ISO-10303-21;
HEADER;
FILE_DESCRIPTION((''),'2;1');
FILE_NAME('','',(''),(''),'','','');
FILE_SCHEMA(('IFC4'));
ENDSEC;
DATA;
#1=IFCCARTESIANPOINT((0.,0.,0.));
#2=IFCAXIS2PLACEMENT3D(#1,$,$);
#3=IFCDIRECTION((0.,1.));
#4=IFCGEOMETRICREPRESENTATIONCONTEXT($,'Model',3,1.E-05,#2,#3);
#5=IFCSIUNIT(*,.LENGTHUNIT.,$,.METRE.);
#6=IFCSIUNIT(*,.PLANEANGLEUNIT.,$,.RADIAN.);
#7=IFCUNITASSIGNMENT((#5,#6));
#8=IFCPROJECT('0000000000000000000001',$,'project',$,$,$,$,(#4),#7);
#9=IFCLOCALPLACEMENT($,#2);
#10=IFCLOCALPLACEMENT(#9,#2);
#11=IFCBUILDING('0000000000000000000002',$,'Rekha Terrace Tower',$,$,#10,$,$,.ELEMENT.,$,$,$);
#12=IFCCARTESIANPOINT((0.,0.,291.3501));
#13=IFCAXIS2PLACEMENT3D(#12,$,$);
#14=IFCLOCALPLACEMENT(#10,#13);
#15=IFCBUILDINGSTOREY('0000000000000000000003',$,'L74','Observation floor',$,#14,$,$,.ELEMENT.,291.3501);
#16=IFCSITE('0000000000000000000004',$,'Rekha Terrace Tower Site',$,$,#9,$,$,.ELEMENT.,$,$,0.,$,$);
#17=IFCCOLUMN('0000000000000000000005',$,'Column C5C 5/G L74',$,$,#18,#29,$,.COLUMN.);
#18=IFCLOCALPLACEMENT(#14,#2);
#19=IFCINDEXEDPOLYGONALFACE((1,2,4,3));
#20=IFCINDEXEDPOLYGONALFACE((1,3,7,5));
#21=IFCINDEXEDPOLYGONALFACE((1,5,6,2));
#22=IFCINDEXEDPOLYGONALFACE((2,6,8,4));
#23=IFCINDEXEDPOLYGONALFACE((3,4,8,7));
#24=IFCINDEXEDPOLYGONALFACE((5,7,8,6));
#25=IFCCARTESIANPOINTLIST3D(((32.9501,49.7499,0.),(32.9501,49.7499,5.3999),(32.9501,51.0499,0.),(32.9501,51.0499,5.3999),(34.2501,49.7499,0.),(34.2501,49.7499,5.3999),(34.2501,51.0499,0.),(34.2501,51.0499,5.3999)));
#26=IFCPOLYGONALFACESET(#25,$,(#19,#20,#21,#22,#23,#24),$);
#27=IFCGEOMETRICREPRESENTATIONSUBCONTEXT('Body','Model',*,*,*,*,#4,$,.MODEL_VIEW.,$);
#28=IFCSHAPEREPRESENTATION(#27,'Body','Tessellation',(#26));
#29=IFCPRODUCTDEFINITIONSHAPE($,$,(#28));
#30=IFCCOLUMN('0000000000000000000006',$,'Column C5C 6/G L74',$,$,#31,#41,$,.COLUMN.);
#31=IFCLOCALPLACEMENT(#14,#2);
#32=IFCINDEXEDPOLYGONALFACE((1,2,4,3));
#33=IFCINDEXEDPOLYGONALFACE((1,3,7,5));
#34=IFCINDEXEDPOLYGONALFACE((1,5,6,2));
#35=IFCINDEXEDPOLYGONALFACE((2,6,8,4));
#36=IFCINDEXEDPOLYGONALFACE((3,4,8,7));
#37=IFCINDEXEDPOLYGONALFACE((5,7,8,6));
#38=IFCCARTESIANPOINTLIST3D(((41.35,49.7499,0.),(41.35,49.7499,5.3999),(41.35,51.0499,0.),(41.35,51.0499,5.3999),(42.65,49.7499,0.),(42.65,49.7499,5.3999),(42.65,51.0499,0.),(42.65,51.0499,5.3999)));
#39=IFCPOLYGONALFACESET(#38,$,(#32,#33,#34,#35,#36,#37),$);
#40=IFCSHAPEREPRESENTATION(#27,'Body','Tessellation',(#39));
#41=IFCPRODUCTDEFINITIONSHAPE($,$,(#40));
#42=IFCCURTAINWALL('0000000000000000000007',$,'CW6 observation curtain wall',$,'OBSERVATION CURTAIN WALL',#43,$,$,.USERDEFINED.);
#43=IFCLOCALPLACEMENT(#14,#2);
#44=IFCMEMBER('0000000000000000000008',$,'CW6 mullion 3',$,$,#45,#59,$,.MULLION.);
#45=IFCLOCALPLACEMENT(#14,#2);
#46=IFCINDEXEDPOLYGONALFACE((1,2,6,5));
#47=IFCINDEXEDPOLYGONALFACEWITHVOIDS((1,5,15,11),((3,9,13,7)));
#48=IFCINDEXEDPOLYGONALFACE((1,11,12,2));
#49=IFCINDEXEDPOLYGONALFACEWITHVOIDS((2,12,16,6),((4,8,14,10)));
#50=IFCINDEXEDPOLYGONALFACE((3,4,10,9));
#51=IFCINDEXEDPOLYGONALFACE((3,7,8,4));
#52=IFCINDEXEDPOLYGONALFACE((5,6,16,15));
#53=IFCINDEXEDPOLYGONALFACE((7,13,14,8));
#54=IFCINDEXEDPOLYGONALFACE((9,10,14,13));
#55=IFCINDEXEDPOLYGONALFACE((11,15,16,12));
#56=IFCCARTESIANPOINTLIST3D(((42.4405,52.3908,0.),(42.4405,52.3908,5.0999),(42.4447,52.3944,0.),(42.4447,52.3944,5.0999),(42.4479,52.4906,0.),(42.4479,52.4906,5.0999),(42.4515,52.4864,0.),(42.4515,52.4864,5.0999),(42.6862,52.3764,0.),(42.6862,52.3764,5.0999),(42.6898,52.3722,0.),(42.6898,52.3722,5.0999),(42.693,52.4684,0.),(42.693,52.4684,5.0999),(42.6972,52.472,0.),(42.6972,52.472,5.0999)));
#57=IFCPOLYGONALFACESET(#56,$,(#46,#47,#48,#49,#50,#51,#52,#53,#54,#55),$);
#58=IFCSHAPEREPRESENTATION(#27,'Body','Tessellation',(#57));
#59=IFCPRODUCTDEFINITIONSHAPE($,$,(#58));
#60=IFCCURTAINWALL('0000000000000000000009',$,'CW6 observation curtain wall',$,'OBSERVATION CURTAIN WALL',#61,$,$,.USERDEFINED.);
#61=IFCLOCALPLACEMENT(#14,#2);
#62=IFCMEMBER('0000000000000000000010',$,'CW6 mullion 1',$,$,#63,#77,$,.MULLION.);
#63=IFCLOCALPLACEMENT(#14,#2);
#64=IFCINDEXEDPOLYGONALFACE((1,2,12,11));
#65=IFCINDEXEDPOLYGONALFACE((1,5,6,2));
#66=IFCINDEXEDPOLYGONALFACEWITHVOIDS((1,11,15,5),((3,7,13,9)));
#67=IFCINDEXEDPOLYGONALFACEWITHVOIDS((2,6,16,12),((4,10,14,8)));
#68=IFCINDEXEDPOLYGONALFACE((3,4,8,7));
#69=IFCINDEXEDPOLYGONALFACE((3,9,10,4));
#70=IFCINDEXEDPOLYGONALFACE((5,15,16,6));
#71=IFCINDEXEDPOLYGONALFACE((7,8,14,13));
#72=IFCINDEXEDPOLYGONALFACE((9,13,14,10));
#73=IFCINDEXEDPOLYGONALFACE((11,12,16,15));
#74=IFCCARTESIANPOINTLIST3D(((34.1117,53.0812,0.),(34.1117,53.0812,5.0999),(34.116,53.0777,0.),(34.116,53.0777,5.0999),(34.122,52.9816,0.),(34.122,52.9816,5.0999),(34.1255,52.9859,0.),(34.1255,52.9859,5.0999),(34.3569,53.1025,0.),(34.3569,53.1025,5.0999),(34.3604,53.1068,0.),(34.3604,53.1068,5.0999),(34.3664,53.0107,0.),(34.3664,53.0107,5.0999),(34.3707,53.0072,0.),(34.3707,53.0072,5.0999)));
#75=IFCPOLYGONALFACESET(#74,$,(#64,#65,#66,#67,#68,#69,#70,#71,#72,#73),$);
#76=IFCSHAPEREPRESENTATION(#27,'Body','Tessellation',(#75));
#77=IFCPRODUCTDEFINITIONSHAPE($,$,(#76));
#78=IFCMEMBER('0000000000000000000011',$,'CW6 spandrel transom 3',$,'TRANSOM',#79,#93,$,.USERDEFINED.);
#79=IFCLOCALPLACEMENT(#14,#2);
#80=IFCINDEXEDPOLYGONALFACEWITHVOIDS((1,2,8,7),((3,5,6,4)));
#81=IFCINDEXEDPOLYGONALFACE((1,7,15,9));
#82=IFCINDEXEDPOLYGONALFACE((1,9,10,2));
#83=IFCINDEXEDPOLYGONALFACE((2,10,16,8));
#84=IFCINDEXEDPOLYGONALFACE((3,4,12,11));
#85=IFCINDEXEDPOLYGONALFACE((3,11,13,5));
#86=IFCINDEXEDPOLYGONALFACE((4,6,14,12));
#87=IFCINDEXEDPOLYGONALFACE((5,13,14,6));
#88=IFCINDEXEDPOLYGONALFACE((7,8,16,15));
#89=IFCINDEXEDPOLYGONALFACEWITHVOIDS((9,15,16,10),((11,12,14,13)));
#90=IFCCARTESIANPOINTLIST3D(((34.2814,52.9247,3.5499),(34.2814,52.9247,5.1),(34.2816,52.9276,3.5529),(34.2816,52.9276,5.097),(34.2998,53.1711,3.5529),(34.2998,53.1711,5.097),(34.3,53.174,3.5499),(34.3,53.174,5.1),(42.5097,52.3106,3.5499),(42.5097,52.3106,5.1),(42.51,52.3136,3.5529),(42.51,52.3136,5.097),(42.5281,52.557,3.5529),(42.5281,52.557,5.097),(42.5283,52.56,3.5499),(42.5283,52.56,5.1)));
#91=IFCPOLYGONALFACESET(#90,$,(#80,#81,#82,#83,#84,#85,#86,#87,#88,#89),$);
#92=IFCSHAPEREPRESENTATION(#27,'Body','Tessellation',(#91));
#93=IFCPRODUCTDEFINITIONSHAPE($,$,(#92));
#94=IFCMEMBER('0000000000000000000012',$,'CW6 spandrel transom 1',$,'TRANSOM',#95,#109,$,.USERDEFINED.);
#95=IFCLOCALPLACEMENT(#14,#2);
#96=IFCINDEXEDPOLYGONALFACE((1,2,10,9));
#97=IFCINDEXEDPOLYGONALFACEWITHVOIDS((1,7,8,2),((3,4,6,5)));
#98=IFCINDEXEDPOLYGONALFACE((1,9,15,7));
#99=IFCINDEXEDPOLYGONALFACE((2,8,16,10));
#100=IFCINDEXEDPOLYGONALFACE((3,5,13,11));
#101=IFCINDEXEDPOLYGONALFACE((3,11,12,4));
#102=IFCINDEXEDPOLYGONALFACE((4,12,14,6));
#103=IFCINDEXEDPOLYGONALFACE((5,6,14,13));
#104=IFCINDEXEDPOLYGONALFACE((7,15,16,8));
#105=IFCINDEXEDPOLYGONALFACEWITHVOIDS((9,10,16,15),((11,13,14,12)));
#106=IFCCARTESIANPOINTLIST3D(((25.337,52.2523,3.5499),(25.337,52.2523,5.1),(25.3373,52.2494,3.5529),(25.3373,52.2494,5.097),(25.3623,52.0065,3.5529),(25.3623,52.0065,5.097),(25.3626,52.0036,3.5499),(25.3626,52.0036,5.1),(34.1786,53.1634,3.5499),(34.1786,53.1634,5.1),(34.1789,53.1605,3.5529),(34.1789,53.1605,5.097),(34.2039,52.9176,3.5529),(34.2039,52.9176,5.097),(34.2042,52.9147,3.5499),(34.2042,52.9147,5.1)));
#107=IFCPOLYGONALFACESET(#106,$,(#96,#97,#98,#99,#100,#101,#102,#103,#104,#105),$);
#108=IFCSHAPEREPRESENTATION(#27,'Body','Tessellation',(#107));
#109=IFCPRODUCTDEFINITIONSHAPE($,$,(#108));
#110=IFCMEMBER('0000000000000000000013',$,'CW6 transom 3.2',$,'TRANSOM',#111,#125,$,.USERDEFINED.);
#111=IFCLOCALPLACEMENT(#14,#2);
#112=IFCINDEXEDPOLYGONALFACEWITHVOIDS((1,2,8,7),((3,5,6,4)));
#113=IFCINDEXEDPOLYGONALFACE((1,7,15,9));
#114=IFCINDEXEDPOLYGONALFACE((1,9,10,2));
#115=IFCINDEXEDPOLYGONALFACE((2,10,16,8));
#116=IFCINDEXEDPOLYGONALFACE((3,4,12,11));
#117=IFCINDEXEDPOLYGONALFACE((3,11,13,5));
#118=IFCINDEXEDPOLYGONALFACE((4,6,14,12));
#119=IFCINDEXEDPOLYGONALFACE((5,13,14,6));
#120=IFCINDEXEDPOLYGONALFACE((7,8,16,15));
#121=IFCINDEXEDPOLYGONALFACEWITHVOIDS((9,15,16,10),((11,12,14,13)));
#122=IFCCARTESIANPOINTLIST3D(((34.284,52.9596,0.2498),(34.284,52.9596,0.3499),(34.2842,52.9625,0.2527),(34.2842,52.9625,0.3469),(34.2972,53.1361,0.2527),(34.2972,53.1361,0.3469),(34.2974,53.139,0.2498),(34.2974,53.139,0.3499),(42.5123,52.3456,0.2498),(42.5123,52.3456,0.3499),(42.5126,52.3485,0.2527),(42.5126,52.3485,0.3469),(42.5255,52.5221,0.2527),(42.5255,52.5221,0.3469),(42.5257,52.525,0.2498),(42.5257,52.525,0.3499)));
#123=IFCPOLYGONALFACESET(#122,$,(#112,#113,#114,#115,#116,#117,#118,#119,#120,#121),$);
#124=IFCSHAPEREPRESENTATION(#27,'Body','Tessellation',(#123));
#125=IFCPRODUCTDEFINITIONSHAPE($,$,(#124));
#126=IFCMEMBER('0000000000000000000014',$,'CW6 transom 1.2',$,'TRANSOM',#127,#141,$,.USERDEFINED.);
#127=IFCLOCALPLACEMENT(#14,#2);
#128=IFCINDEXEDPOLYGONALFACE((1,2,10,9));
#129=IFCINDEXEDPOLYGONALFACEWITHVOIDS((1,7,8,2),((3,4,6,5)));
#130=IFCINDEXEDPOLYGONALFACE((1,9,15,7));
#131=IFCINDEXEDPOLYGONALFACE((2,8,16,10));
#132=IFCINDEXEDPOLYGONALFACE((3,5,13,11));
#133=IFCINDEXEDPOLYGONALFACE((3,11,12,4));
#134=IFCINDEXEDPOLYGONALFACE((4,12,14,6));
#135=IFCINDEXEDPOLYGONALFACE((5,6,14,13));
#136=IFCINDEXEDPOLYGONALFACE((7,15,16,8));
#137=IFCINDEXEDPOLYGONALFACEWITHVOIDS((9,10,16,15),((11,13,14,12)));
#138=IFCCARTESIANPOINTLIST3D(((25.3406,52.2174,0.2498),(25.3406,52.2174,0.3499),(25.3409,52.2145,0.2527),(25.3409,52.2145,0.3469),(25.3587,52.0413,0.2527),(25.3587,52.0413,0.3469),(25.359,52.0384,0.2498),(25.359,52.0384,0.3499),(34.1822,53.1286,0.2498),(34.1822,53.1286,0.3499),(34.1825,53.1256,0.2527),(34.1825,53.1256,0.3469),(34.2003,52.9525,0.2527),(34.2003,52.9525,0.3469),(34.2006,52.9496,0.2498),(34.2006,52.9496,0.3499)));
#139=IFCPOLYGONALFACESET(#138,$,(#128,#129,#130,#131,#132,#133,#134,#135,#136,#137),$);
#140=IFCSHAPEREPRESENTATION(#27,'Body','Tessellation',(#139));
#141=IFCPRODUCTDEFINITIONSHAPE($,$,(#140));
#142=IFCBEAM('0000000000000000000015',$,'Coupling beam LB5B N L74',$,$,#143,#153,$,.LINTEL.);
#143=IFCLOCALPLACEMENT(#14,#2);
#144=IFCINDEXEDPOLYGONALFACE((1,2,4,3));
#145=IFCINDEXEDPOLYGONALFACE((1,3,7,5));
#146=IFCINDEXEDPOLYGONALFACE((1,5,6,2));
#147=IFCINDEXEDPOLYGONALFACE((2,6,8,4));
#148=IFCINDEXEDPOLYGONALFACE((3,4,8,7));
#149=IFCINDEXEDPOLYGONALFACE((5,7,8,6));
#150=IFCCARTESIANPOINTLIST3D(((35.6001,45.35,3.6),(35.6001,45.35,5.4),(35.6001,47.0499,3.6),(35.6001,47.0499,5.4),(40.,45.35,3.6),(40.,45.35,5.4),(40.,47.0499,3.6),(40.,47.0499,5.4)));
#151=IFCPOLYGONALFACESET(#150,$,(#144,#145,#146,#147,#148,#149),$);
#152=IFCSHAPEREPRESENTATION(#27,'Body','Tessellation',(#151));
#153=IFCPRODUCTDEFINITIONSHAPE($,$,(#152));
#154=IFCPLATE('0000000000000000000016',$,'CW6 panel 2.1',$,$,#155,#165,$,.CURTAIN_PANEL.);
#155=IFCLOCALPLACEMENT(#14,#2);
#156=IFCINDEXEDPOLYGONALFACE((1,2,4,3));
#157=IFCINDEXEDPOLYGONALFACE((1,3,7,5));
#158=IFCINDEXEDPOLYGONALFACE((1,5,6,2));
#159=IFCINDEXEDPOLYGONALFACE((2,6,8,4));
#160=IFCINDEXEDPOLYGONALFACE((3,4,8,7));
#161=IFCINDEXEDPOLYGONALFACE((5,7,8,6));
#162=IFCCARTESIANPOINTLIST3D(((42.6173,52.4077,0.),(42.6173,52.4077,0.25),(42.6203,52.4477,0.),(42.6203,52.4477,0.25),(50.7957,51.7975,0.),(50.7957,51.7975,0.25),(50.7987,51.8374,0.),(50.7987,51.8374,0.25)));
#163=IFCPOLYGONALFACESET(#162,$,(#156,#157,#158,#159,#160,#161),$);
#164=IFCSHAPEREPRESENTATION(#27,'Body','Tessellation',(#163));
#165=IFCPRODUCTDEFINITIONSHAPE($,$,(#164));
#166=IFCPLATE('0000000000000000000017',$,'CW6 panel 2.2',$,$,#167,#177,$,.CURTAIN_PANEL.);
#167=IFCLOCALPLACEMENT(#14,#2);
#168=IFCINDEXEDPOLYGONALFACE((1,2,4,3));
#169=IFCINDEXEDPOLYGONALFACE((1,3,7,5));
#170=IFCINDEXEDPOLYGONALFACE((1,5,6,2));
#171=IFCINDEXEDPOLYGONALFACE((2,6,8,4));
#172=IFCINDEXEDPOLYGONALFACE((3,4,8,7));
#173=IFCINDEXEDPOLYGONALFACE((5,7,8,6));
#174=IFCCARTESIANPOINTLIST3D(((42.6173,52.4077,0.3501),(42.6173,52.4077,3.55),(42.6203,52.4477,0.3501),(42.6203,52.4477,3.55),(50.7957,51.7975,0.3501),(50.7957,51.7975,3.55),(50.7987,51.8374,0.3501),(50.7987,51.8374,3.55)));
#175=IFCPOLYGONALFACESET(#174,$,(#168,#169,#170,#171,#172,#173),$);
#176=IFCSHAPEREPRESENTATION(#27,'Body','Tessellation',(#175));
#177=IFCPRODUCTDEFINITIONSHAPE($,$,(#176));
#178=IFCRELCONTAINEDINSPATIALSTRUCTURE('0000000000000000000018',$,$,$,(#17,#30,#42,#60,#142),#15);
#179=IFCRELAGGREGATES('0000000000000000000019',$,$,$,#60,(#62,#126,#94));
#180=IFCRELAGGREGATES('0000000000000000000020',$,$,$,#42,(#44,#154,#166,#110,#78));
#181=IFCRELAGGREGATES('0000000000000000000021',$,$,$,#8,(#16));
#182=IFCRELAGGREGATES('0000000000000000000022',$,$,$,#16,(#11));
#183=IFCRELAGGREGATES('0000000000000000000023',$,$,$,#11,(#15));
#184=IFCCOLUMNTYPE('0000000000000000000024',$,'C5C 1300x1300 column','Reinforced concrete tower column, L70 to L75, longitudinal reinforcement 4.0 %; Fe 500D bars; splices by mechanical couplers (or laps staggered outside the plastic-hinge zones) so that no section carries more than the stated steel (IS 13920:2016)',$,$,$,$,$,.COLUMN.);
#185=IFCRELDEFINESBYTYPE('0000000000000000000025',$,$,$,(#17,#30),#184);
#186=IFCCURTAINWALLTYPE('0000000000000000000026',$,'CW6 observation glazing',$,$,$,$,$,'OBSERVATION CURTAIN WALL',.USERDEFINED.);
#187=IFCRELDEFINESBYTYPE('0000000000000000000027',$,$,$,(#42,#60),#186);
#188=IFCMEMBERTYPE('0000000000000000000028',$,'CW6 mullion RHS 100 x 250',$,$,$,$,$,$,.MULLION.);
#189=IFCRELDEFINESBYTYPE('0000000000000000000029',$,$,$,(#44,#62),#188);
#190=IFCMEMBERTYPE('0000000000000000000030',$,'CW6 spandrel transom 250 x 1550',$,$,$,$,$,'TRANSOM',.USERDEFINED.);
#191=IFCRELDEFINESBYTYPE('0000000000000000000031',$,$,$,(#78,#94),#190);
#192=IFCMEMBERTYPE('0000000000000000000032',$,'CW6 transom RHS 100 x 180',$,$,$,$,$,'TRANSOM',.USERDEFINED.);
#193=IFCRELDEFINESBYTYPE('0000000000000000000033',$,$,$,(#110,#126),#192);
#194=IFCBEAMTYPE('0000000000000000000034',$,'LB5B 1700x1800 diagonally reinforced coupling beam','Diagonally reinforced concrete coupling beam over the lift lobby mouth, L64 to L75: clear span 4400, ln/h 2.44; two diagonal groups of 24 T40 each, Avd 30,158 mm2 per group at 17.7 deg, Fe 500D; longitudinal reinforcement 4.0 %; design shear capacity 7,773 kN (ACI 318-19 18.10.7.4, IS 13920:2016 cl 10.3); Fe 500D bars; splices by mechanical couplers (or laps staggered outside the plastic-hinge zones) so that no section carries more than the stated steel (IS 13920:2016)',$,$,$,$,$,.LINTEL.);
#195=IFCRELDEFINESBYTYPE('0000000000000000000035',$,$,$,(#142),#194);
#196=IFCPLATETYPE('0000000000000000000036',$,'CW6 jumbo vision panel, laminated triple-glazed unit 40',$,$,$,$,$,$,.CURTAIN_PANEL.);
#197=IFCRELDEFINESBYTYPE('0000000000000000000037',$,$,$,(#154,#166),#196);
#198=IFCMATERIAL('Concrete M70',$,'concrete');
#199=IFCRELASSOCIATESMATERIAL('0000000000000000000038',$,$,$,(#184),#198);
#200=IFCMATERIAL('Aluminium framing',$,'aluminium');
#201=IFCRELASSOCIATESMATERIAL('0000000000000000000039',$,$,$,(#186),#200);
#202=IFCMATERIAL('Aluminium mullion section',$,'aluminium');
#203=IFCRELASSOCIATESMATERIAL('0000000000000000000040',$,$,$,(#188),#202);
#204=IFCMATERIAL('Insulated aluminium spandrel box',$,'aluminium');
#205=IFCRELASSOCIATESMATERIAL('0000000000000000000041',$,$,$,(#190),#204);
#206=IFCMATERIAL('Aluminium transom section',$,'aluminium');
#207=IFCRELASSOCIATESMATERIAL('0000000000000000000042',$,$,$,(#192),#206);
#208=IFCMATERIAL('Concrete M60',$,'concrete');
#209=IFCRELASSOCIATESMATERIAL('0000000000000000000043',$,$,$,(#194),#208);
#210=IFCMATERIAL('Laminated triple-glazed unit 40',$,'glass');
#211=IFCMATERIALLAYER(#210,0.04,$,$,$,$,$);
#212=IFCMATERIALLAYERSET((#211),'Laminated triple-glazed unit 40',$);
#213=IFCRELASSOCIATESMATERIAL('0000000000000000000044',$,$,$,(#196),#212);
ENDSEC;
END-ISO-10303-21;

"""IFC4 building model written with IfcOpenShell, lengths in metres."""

from ifc_helpers import new_model, si_unit, direction, frame, origin, origin_2d, place, context, subcontext, project, spatial, rectangle, hollow_rectangle, extrude, material, layer, layer_set, material_profile, profile_set, type_object, element, aggregate, save


model = new_model("IFC4")

# Units and contexts
model_context = context("Model", 3, precision=1e-05, world=origin(), true_north=direction((0.0, 1.0)))
body_context = subcontext(model_context, "Body", "Model", "MODEL_VIEW")
ifc_project = project(units=[si_unit("LENGTHUNIT", "METRE"), si_unit("PLANEANGLEUNIT", "RADIAN")], contexts=[model_context])

# Site, building, storey
site_placement = place(None, origin())
site = spatial("IfcSite", under=ifc_project, at=site_placement, Name="Rekha Terrace Tower Site", CompositionType="ELEMENT", RefElevation=0.0)
building_placement = place(site_placement, origin())
building = spatial("IfcBuilding", under=site, at=building_placement, Name="Rekha Terrace Tower", CompositionType="ELEMENT")
storey_placement = place(building_placement, frame((0.0, 0.0, 291.3501)))
storey = spatial("IfcBuildingStorey", under=building, at=storey_placement, Name="L74", Description="Observation floor", CompositionType="ELEMENT", Elevation=291.3501)

# Columns
ifc_material_1 = material(Name="Concrete M70", Category="concrete")
ifc_material_profile_1 = material_profile(ifc_material_1, rectangle(XDim=1.3, YDim=1.3, at=origin_2d()), Name="RC 1300x1300")
ifc_profile_set_1 = profile_set([ifc_material_profile_1], Name="Concrete M70")
column_type = type_object("IfcColumnType", Name="C5C 1300x1300 column", Description="Reinforced concrete tower column, L70 to L75, longitudinal reinforcement 4.0 %; Fe 500D bars; splices by mechanical couplers (or laps staggered outside the plastic-hinge zones) so that no section carries more than the stated steel (IS 13920:2016)", PredefinedType="COLUMN", material=ifc_profile_set_1)
for number, where, z_axis, x_axis, name in (
    (1, (33.6001, 50.3999, 0.0), (0.0, 0.0, 1.0), (1.0, 0.0, 0.0), "Column C5C 5/G L74"),
    (2, (42.0, 50.3999, 0.0), (0.0, 0.0, 1.0), (1.0, 0.0, 0.0), "Column C5C 6/G L74"),
):
    element("IfcColumn", number, at=place(storey_placement, frame(where, z_axis=z_axis, x_axis=x_axis)), inside=storey, type_object=column_type, Name=name, PredefinedType="COLUMN", context=body_context, shape_type="SweptSolid", body=[
        extrude(rectangle(XDim=1.3, YDim=1.3, at=origin_2d()), origin(), (0.0, 0.0, 1.0), 5.3999),
    ])

# Curtain walls, members
ifc_material_2 = material(Name="Aluminium framing", Category="aluminium")
curtain_wall_type = type_object("IfcCurtainWallType", Name="CW6 observation glazing", ElementType="OBSERVATION CURTAIN WALL", PredefinedType="USERDEFINED", material=ifc_material_2)
curtain_wall_1_placement = place(storey_placement, origin())
curtain_wall_1 = element("IfcCurtainWall", 3, at=curtain_wall_1_placement, inside=storey, type_object=curtain_wall_type, Name="CW6 observation curtain wall", ObjectType="OBSERVATION CURTAIN WALL", PredefinedType="USERDEFINED")
ifc_material_3 = material(Name="Aluminium mullion section", Category="aluminium")
ifc_material_profile_2 = material_profile(ifc_material_3, hollow_rectangle(XDim=0.1001, YDim=0.25, WallThickness=0.0039, at=origin_2d()), Name="AL RHS 100x250")
ifc_profile_set_2 = profile_set([ifc_material_profile_2], Name="Aluminium mullion section")
member_type_1 = type_object("IfcMemberType", Name="CW6 mullion RHS 100 x 250", PredefinedType="MULLION", material=ifc_profile_set_2)
member_1_placement = place(storey_placement, frame((42.5688, 52.4314, 0.0), z_axis=(0.0, 0.0, 1.0), x_axis=(-0.074414, -0.997227, 0.0)))
member_1 = element("IfcMember", 4, at=member_1_placement, type_object=member_type_1, Name="CW6 mullion 3", PredefinedType="MULLION", context=body_context, shape_type="SweptSolid", body=[
    extrude(hollow_rectangle(XDim=0.1001, YDim=0.25, WallThickness=0.0039, at=origin_2d()), origin(), (0.0, 0.0, 1.0), 5.0999),
])
curtain_wall_2_placement = place(storey_placement, origin())
curtain_wall_2 = element("IfcCurtainWall", 5, at=curtain_wall_2_placement, inside=storey, type_object=curtain_wall_type, Name="CW6 observation curtain wall", ObjectType="OBSERVATION CURTAIN WALL", PredefinedType="USERDEFINED")
member_2_placement = place(storey_placement, frame((34.2412, 53.0442, 0.0), z_axis=(0.0, 0.0, 1.0), x_axis=(0.102505, -0.994732, 0.0)))
member_2 = element("IfcMember", 6, at=member_2_placement, type_object=member_type_1, Name="CW6 mullion 1", PredefinedType="MULLION", context=body_context, shape_type="SweptSolid", body=[
    extrude(hollow_rectangle(XDim=0.1001, YDim=0.25, WallThickness=0.0039, at=origin_2d()), origin(), (0.0, 0.0, 1.0), 5.0999),
])

# Members
ifc_material_4 = material(Name="Insulated aluminium spandrel box", Category="aluminium")
ifc_material_profile_3 = material_profile(ifc_material_4, hollow_rectangle(XDim=0.25, YDim=1.55, WallThickness=0.0029, at=origin_2d()), Name="AL SPANDREL BOX 250x1550")
ifc_profile_set_3 = profile_set([ifc_material_profile_3], Name="Insulated aluminium spandrel box")
member_type_2 = type_object("IfcMemberType", Name="CW6 spandrel transom 250 x 1550", ElementType="TRANSOM", PredefinedType="USERDEFINED", material=ifc_profile_set_3)
member_3_placement = place(storey_placement, frame((42.519, 52.4353, 4.325), z_axis=(-0.997227, 0.074416, 0.0), x_axis=(-0.074416, -0.997227, 0.0)))
member_3 = element("IfcMember", 7, at=member_3_placement, type_object=member_type_2, Name="CW6 spandrel transom 3", ObjectType="TRANSOM", PredefinedType="USERDEFINED", context=body_context, shape_type="SweptSolid", body=[
    extrude(hollow_rectangle(XDim=0.25, YDim=1.55, WallThickness=0.0029, at=origin_2d()), origin(), (0.0, 0.0, 1.0), 8.2512),
])
member_4_placement = place(storey_placement, frame((34.1914, 53.0391, 4.325), z_axis=(-0.994732, -0.102508, 0.0), x_axis=(0.102508, -0.994732, 0.0)))
member_4 = element("IfcMember", 8, at=member_4_placement, type_object=member_type_2, Name="CW6 spandrel transom 1", ObjectType="TRANSOM", PredefinedType="USERDEFINED", context=body_context, shape_type="SweptSolid", body=[
    extrude(hollow_rectangle(XDim=0.25, YDim=1.55, WallThickness=0.0029, at=origin_2d()), origin(), (0.0, 0.0, 1.0), 8.8884),
])
ifc_material_5 = material(Name="Aluminium transom section", Category="aluminium")
ifc_material_profile_4 = material_profile(ifc_material_5, hollow_rectangle(XDim=0.1799, YDim=0.1001, WallThickness=0.0029, at=origin_2d()), Name="AL RHS 180x100")
ifc_profile_set_4 = profile_set([ifc_material_profile_4], Name="Aluminium transom section")
member_type_3 = type_object("IfcMemberType", Name="CW6 transom RHS 100 x 180", ElementType="TRANSOM", PredefinedType="USERDEFINED", material=ifc_profile_set_4)
member_5_placement = place(storey_placement, frame((42.519, 52.4353, 0.2998), z_axis=(-0.997227, 0.074416, 0.0), x_axis=(-0.074416, -0.997227, 0.0)))
member_5 = element("IfcMember", 9, at=member_5_placement, type_object=member_type_3, Name="CW6 transom 3.2", ObjectType="TRANSOM", PredefinedType="USERDEFINED", context=body_context, shape_type="SweptSolid", body=[
    extrude(hollow_rectangle(XDim=0.1799, YDim=0.1001, WallThickness=0.0029, at=origin_2d()), origin(), (0.0, 0.0, 1.0), 8.2512),
])
member_6_placement = place(storey_placement, frame((34.1914, 53.0391, 0.2998), z_axis=(-0.994732, -0.102508, 0.0), x_axis=(0.102508, -0.994732, 0.0)))
member_6 = element("IfcMember", 10, at=member_6_placement, type_object=member_type_3, Name="CW6 transom 1.2", ObjectType="TRANSOM", PredefinedType="USERDEFINED", context=body_context, shape_type="SweptSolid", body=[
    extrude(hollow_rectangle(XDim=0.1799, YDim=0.1001, WallThickness=0.0029, at=origin_2d()), origin(), (0.0, 0.0, 1.0), 8.8884),
])
aggregate(curtain_wall_2, [member_2, member_6, member_4])

# Beam
ifc_material_6 = material(Name="Concrete M60", Category="concrete")
ifc_material_profile_5 = material_profile(ifc_material_6, rectangle(XDim=1.7, YDim=1.8, at=origin_2d()), Name="RC 1700x1800")
ifc_profile_set_5 = profile_set([ifc_material_profile_5], Name="Concrete M60")
beam_type = type_object("IfcBeamType", Name="LB5B 1700x1800 diagonally reinforced coupling beam", Description="Diagonally reinforced concrete coupling beam over the lift lobby mouth, L64 to L75: clear span 4400, ln/h 2.44; two diagonal groups of 24 T40 each, Avd 30,158 mm2 per group at 17.7 deg, Fe 500D; longitudinal reinforcement 4.0 %; design shear capacity 7,773 kN (ACI 318-19 18.10.7.4, IS 13920:2016 cl 10.3); Fe 500D bars; splices by mechanical couplers (or laps staggered outside the plastic-hinge zones) so that no section carries more than the stated steel (IS 13920:2016)", PredefinedType="LINTEL", material=ifc_profile_set_5)
beam_placement = place(storey_placement, frame((35.6001, 46.2, 4.5), z_axis=(1.0, 0.0, 0.0), x_axis=(0.0, 1.0, 0.0)))
element("IfcBeam", 11, at=beam_placement, inside=storey, type_object=beam_type, Name="Coupling beam LB5B N L74", PredefinedType="LINTEL", context=body_context, shape_type="SweptSolid", body=[
    extrude(rectangle(XDim=1.7, YDim=1.8, at=origin_2d()), origin(), (0.0, 0.0, 1.0), 4.3999),
])

# Plates
ifc_material_7 = material(Name="Laminated triple-glazed unit 40", Category="glass")
ifc_layer_1 = layer(ifc_material_7, 0.04)
ifc_layer_set_1 = layer_set([ifc_layer_1], Name="Laminated triple-glazed unit 40")
plate_type = type_object("IfcPlateType", Name="CW6 jumbo vision panel, laminated triple-glazed unit 40", PredefinedType="CURTAIN_PANEL", material=ifc_layer_set_1)
plate_1_placement = place(storey_placement, frame((46.708, 52.1226, 0.0), z_axis=(0.0, 0.0, 1.0), x_axis=(-0.997227, 0.074414, 0.0)))
plate_1 = element("IfcPlate", 12, at=plate_1_placement, type_object=plate_type, Name="CW6 panel 2.1", PredefinedType="CURTAIN_PANEL", context=body_context, shape_type="SweptSolid", body=[
    extrude(rectangle(XDim=8.2012, YDim=0.04, at=origin_2d()), origin(), (0.0, 0.0, 1.0), 0.25),
])
plate_2_placement = place(storey_placement, frame((46.708, 52.1226, 0.3501), z_axis=(0.0, 0.0, 1.0), x_axis=(-0.997227, 0.074414, 0.0)))
plate_2 = element("IfcPlate", 13, at=plate_2_placement, type_object=plate_type, Name="CW6 panel 2.2", PredefinedType="CURTAIN_PANEL", context=body_context, shape_type="SweptSolid", body=[
    extrude(rectangle(XDim=8.2012, YDim=0.04, at=origin_2d()), origin(), (0.0, 0.0, 1.0), 3.2),
])
aggregate(curtain_wall_1, [member_1, plate_1, plate_2, member_5, member_3])

save(model, "model.ifc")
